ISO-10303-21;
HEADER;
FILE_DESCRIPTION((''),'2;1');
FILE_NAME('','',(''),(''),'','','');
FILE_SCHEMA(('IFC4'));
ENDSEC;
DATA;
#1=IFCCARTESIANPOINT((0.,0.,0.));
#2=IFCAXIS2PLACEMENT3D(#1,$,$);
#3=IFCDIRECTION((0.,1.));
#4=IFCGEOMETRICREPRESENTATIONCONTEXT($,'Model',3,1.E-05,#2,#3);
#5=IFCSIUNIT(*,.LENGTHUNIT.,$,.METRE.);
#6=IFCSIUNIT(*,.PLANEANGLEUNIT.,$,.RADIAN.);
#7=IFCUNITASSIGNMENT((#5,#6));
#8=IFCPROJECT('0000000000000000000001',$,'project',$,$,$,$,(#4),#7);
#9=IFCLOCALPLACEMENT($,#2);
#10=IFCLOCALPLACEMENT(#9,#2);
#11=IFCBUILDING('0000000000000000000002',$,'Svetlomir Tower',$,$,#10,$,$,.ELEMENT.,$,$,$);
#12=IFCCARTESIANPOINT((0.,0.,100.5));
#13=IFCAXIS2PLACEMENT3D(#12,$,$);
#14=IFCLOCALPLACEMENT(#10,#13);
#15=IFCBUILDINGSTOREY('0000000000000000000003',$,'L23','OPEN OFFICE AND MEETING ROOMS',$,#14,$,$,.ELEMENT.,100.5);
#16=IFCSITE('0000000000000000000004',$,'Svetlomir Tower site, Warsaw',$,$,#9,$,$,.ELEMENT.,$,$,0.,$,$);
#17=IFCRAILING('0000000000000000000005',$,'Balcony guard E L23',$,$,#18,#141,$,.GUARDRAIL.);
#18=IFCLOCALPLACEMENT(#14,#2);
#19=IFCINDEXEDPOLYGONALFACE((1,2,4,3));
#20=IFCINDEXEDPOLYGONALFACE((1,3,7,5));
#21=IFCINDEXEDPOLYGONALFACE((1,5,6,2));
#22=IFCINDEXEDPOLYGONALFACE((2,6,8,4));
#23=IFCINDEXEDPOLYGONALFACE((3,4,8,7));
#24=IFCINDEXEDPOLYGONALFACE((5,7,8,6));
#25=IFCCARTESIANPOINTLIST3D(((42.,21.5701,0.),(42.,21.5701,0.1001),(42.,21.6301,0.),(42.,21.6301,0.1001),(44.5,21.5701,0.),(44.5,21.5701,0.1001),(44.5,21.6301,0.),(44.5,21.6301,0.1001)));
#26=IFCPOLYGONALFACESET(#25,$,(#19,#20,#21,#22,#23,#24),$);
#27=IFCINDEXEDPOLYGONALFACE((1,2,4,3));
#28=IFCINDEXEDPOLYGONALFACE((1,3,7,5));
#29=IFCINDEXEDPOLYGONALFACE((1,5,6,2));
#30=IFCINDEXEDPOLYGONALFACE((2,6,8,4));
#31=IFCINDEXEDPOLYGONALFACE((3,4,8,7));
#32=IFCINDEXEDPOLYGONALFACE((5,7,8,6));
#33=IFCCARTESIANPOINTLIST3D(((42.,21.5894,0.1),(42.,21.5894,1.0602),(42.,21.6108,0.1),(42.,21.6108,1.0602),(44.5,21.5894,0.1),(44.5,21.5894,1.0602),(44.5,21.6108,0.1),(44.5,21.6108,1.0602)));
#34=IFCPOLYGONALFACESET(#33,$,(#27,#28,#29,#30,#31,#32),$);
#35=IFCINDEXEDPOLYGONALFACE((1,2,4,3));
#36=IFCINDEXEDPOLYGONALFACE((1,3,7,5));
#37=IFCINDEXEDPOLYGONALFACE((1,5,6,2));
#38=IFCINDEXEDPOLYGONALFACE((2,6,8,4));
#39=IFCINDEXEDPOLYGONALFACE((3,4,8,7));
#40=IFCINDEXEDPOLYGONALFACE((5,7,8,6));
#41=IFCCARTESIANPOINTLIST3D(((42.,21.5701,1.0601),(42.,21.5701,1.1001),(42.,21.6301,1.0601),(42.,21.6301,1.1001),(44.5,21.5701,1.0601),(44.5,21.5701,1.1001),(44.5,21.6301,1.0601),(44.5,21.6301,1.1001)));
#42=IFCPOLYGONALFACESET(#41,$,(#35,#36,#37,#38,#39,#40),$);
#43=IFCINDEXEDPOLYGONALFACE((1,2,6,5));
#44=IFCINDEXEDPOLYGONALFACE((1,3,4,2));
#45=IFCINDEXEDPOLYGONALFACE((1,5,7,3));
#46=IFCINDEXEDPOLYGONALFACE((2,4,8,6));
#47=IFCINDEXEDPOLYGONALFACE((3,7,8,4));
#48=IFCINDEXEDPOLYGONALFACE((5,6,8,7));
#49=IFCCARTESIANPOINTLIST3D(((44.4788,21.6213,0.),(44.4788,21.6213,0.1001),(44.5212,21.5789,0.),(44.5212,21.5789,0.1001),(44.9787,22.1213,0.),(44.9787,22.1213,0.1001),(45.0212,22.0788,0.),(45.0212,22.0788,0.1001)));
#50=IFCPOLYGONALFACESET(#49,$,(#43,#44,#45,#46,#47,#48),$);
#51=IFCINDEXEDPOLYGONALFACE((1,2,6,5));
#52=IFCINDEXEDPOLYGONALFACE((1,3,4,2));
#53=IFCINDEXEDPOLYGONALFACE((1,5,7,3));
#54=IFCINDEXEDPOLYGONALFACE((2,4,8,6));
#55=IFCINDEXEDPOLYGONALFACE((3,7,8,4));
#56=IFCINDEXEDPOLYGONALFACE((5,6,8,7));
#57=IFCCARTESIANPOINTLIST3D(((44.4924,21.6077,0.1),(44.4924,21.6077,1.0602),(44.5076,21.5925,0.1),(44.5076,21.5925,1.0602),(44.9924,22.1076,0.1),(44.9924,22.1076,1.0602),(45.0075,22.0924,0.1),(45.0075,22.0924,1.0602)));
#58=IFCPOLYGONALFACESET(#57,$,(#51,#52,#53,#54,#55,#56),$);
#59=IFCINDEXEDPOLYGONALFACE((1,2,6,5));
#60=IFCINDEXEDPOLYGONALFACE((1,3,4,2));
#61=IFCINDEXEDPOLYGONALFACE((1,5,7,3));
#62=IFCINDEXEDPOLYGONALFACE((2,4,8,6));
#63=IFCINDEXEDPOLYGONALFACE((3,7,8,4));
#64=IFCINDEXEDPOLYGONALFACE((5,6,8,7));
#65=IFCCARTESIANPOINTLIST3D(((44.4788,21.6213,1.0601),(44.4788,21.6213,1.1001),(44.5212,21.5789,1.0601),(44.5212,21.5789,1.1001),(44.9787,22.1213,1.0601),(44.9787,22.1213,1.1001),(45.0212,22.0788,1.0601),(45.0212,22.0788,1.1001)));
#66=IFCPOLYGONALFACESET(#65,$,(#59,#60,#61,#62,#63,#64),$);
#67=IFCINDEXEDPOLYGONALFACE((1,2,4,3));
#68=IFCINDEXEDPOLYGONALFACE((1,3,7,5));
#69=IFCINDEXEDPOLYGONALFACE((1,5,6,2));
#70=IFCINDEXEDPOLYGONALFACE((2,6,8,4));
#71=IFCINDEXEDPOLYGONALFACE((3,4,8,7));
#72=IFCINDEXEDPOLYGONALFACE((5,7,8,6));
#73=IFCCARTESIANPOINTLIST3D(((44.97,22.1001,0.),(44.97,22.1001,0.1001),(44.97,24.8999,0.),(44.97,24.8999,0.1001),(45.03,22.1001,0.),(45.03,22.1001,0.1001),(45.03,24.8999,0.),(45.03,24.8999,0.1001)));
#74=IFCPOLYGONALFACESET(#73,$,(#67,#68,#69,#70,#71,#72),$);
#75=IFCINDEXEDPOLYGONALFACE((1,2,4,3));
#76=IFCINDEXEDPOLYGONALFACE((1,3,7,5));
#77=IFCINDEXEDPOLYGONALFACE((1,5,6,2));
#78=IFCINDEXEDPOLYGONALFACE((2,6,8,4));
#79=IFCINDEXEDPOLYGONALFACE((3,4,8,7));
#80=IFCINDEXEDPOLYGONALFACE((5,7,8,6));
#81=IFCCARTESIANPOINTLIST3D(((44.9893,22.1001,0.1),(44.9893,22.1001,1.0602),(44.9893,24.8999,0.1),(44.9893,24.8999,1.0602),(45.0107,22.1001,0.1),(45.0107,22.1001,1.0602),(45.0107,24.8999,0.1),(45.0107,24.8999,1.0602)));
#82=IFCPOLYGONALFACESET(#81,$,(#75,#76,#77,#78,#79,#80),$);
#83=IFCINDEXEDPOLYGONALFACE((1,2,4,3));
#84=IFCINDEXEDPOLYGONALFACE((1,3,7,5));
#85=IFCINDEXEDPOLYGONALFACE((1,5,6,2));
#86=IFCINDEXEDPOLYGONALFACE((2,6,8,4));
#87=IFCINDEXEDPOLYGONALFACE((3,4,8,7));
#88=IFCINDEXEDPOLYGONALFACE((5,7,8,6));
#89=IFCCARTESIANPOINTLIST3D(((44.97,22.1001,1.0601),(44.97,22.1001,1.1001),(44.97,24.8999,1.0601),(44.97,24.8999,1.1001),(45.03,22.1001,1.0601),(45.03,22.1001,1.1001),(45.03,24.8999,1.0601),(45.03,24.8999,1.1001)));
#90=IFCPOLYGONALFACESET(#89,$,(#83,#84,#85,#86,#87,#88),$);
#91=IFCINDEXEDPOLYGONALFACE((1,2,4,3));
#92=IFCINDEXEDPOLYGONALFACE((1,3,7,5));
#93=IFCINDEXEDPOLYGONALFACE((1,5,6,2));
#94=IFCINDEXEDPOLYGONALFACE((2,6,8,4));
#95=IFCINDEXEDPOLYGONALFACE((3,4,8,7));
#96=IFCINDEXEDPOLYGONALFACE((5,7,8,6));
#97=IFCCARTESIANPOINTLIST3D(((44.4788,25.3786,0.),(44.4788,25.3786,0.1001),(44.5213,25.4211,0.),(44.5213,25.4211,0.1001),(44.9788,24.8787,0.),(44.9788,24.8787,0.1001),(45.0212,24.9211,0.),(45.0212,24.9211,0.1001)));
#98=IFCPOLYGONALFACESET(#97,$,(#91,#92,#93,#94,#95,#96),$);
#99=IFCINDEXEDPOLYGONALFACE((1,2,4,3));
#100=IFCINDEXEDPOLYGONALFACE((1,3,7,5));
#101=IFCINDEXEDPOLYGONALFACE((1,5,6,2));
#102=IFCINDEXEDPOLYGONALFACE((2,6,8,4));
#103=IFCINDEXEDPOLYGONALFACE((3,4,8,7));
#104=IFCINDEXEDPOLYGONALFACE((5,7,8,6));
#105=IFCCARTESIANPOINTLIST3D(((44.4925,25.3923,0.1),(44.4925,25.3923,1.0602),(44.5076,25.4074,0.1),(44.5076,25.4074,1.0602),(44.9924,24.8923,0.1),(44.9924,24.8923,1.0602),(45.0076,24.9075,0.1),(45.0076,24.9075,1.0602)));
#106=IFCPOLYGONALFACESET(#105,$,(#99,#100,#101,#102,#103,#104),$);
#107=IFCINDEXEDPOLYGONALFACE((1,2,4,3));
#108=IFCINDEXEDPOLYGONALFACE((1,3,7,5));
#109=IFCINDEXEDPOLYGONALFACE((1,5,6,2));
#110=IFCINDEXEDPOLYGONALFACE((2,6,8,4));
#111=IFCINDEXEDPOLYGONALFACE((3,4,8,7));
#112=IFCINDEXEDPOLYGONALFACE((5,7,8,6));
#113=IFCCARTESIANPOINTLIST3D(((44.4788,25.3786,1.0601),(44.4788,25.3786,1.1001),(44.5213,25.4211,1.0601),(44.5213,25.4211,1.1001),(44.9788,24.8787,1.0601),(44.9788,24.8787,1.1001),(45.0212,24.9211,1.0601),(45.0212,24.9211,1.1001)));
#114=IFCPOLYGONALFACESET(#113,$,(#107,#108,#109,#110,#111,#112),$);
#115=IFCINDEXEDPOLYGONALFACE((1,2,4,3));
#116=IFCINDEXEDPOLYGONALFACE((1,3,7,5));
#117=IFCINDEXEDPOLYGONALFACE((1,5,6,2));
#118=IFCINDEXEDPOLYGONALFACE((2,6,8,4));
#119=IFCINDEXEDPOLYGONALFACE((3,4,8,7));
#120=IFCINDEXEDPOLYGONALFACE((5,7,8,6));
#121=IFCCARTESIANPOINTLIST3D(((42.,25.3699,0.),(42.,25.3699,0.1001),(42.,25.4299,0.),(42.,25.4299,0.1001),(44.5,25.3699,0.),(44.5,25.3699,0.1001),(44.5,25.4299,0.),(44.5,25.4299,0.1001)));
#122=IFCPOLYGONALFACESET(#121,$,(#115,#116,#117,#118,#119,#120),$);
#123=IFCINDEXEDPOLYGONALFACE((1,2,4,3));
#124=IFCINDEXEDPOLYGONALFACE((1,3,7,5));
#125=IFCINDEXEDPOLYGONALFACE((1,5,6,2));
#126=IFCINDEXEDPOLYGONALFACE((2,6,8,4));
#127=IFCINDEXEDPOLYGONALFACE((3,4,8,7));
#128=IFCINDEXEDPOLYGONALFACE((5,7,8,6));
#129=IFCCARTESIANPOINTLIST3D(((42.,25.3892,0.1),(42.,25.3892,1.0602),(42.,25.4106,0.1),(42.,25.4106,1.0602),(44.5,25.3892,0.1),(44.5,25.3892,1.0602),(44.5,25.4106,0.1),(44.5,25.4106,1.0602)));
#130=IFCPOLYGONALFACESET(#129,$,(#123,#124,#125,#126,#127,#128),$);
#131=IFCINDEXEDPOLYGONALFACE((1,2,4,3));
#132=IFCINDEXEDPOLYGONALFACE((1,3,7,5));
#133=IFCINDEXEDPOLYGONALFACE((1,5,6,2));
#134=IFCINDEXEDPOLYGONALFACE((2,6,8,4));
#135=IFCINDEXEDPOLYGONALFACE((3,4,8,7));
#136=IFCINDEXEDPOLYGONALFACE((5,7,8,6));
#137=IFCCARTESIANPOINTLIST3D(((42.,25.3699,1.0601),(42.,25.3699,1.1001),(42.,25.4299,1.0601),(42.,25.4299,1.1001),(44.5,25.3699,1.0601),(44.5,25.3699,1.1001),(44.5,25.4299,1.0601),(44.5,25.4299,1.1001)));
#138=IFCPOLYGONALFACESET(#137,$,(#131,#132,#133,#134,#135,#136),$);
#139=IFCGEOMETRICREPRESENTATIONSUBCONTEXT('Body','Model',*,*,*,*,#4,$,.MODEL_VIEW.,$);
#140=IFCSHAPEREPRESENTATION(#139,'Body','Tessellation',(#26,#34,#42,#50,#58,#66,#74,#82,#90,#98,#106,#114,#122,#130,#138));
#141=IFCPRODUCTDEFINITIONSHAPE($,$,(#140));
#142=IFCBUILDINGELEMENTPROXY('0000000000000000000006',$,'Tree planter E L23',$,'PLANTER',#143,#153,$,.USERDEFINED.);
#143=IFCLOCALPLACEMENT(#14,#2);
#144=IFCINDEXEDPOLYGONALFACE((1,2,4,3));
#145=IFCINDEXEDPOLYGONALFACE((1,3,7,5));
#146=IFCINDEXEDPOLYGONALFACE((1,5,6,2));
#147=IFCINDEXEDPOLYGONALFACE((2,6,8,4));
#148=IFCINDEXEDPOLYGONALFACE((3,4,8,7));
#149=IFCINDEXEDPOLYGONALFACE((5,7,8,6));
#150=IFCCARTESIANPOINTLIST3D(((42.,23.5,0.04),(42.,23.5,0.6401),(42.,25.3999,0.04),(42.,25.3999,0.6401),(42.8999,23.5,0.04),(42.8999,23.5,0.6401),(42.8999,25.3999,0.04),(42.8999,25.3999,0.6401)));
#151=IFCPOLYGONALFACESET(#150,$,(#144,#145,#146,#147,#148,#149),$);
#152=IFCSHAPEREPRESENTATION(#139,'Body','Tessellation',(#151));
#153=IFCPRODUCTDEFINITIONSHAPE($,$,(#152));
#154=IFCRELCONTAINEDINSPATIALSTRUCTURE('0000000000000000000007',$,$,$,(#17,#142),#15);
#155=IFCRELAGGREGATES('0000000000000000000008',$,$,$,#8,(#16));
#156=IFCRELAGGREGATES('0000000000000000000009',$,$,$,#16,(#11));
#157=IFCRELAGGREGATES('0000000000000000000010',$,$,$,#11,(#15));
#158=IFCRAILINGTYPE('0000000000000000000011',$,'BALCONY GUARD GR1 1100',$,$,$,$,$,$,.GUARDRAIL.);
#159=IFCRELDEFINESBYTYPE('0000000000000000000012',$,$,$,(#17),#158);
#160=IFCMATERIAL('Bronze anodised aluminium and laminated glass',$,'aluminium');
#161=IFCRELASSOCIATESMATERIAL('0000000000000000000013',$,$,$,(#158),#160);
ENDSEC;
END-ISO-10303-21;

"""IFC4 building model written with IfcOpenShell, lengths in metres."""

from ifc_helpers import new_model, si_unit, direction, frame, origin, origin_2d, place, context, subcontext, project, spatial, rectangle, extrude, material, type_object, element, save


model = new_model("IFC4")

# Units and contexts
model_context = context("Model", 3, precision=1e-05, world=origin(), true_north=direction((0.0, 1.0)))
body_context = subcontext(model_context, "Body", "Model", "MODEL_VIEW")
ifc_project = project(units=[si_unit("LENGTHUNIT", "METRE"), si_unit("PLANEANGLEUNIT", "RADIAN")], contexts=[model_context])

# Site, building, storey
site_placement = place(None, origin())
site = spatial("IfcSite", under=ifc_project, at=site_placement, Name="Svetlomir Tower site, Warsaw", CompositionType="ELEMENT", RefElevation=0.0)
building_placement = place(site_placement, origin())
building = spatial("IfcBuilding", under=site, at=building_placement, Name="Svetlomir Tower", CompositionType="ELEMENT")
storey_placement = place(building_placement, frame((0.0, 0.0, 100.5)))
storey = spatial("IfcBuildingStorey", under=building, at=storey_placement, Name="L23", Description="OPEN OFFICE AND MEETING ROOMS", CompositionType="ELEMENT", Elevation=100.5)

# Railing
ifc_material_1 = material(Name="Bronze anodised aluminium and laminated glass", Category="aluminium")
railing_type = type_object("IfcRailingType", Name="BALCONY GUARD GR1 1100", PredefinedType="GUARDRAIL", material=ifc_material_1)
railing_placement = place(storey_placement, frame((42.0, 21.6001, 0.0)))
element("IfcRailing", 1, at=railing_placement, inside=storey, type_object=railing_type, Name="Balcony guard E L23", PredefinedType="GUARDRAIL", context=body_context, shape_type="SweptSolid", body=[
    extrude(rectangle(XDim=0.0601, YDim=0.1001, at=origin_2d()), frame((0.0, 0.0, 0.05), z_axis=(1.0, 0.0, 0.0), x_axis=(0.0, 1.0, 0.0)), (0.0, 0.0, 1.0), 2.5),
    extrude(rectangle(XDim=0.0215, YDim=0.9602, at=origin_2d()), frame((0.0, 0.0, 0.5801), z_axis=(1.0, 0.0, 0.0), x_axis=(0.0, 1.0, 0.0)), (0.0, 0.0, 1.0), 2.5),
    extrude(rectangle(XDim=0.0601, YDim=0.04, at=origin_2d()), frame((0.0, 0.0, 1.0801), z_axis=(1.0, 0.0, 0.0), x_axis=(0.0, 1.0, 0.0)), (0.0, 0.0, 1.0), 2.5),
    extrude(rectangle(XDim=0.0601, YDim=0.1001, at=origin_2d()), frame((2.5, 0.0, 0.05), z_axis=(0.707107, 0.707107, 0.0), x_axis=(-0.707107, 0.707107, 0.0)), (0.0, 0.0, 1.0), 0.707),
    extrude(rectangle(XDim=0.0215, YDim=0.9602, at=origin_2d()), frame((2.5, 0.0, 0.5801), z_axis=(0.707107, 0.707107, 0.0), x_axis=(-0.707107, 0.707107, 0.0)), (0.0, 0.0, 1.0), 0.707),
    extrude(rectangle(XDim=0.0601, YDim=0.04, at=origin_2d()), frame((2.5, 0.0, 1.0801), z_axis=(0.707107, 0.707107, 0.0), x_axis=(-0.707107, 0.707107, 0.0)), (0.0, 0.0, 1.0), 0.707),
    extrude(rectangle(XDim=0.0601, YDim=0.1001, at=origin_2d()), frame((3.0, 0.5, 0.05), z_axis=(0.0, 1.0, 0.0), x_axis=(-1.0, 0.0, 0.0)), (0.0, 0.0, 1.0), 2.7998),
    extrude(rectangle(XDim=0.0215, YDim=0.9602, at=origin_2d()), frame((3.0, 0.5, 0.5801), z_axis=(0.0, 1.0, 0.0), x_axis=(-1.0, 0.0, 0.0)), (0.0, 0.0, 1.0), 2.7998),
    extrude(rectangle(XDim=0.0601, YDim=0.04, at=origin_2d()), frame((3.0, 0.5, 1.0801), z_axis=(0.0, 1.0, 0.0), x_axis=(-1.0, 0.0, 0.0)), (0.0, 0.0, 1.0), 2.7998),
    extrude(rectangle(XDim=0.0601, YDim=0.1001, at=origin_2d()), frame((3.0, 3.2998, 0.05), z_axis=(-0.707107, 0.707107, 0.0), x_axis=(-0.707107, -0.707107, 0.0)), (0.0, 0.0, 1.0), 0.707),
    extrude(rectangle(XDim=0.0215, YDim=0.9602, at=origin_2d()), frame((3.0, 3.2998, 0.5801), z_axis=(-0.707107, 0.707107, 0.0), x_axis=(-0.707107, -0.707107, 0.0)), (0.0, 0.0, 1.0), 0.707),
    extrude(rectangle(XDim=0.0601, YDim=0.04, at=origin_2d()), frame((3.0, 3.2998, 1.0801), z_axis=(-0.707107, 0.707107, 0.0), x_axis=(-0.707107, -0.707107, 0.0)), (0.0, 0.0, 1.0), 0.707),
    extrude(rectangle(XDim=0.0601, YDim=0.1001, at=origin_2d()), frame((2.5, 3.7998, 0.05), z_axis=(-1.0, 0.0, 0.0), x_axis=(0.0, -1.0, 0.0)), (0.0, 0.0, 1.0), 2.5),
    extrude(rectangle(XDim=0.0215, YDim=0.9602, at=origin_2d()), frame((2.5, 3.7998, 0.5801), z_axis=(-1.0, 0.0, 0.0), x_axis=(0.0, -1.0, 0.0)), (0.0, 0.0, 1.0), 2.5),
    extrude(rectangle(XDim=0.0601, YDim=0.04, at=origin_2d()), frame((2.5, 3.7998, 1.0801), z_axis=(-1.0, 0.0, 0.0), x_axis=(0.0, -1.0, 0.0)), (0.0, 0.0, 1.0), 2.5),
])

# Building element proxy
proxy_placement = place(storey_placement, frame((42.45, 24.45, 0.04), z_axis=(0.0, 0.0, 1.0), x_axis=(1.0, 0.0, 0.0)))
element("IfcBuildingElementProxy", 2, at=proxy_placement, inside=storey, Name="Tree planter E L23", ObjectType="PLANTER", PredefinedType="USERDEFINED", context=body_context, shape_type="SweptSolid", body=[
    extrude(rectangle(XDim=0.8999, YDim=1.8999, at=origin_2d()), origin(), (0.0, 0.0, 1.0), 0.6001),
])

save(model, "model.ifc")
